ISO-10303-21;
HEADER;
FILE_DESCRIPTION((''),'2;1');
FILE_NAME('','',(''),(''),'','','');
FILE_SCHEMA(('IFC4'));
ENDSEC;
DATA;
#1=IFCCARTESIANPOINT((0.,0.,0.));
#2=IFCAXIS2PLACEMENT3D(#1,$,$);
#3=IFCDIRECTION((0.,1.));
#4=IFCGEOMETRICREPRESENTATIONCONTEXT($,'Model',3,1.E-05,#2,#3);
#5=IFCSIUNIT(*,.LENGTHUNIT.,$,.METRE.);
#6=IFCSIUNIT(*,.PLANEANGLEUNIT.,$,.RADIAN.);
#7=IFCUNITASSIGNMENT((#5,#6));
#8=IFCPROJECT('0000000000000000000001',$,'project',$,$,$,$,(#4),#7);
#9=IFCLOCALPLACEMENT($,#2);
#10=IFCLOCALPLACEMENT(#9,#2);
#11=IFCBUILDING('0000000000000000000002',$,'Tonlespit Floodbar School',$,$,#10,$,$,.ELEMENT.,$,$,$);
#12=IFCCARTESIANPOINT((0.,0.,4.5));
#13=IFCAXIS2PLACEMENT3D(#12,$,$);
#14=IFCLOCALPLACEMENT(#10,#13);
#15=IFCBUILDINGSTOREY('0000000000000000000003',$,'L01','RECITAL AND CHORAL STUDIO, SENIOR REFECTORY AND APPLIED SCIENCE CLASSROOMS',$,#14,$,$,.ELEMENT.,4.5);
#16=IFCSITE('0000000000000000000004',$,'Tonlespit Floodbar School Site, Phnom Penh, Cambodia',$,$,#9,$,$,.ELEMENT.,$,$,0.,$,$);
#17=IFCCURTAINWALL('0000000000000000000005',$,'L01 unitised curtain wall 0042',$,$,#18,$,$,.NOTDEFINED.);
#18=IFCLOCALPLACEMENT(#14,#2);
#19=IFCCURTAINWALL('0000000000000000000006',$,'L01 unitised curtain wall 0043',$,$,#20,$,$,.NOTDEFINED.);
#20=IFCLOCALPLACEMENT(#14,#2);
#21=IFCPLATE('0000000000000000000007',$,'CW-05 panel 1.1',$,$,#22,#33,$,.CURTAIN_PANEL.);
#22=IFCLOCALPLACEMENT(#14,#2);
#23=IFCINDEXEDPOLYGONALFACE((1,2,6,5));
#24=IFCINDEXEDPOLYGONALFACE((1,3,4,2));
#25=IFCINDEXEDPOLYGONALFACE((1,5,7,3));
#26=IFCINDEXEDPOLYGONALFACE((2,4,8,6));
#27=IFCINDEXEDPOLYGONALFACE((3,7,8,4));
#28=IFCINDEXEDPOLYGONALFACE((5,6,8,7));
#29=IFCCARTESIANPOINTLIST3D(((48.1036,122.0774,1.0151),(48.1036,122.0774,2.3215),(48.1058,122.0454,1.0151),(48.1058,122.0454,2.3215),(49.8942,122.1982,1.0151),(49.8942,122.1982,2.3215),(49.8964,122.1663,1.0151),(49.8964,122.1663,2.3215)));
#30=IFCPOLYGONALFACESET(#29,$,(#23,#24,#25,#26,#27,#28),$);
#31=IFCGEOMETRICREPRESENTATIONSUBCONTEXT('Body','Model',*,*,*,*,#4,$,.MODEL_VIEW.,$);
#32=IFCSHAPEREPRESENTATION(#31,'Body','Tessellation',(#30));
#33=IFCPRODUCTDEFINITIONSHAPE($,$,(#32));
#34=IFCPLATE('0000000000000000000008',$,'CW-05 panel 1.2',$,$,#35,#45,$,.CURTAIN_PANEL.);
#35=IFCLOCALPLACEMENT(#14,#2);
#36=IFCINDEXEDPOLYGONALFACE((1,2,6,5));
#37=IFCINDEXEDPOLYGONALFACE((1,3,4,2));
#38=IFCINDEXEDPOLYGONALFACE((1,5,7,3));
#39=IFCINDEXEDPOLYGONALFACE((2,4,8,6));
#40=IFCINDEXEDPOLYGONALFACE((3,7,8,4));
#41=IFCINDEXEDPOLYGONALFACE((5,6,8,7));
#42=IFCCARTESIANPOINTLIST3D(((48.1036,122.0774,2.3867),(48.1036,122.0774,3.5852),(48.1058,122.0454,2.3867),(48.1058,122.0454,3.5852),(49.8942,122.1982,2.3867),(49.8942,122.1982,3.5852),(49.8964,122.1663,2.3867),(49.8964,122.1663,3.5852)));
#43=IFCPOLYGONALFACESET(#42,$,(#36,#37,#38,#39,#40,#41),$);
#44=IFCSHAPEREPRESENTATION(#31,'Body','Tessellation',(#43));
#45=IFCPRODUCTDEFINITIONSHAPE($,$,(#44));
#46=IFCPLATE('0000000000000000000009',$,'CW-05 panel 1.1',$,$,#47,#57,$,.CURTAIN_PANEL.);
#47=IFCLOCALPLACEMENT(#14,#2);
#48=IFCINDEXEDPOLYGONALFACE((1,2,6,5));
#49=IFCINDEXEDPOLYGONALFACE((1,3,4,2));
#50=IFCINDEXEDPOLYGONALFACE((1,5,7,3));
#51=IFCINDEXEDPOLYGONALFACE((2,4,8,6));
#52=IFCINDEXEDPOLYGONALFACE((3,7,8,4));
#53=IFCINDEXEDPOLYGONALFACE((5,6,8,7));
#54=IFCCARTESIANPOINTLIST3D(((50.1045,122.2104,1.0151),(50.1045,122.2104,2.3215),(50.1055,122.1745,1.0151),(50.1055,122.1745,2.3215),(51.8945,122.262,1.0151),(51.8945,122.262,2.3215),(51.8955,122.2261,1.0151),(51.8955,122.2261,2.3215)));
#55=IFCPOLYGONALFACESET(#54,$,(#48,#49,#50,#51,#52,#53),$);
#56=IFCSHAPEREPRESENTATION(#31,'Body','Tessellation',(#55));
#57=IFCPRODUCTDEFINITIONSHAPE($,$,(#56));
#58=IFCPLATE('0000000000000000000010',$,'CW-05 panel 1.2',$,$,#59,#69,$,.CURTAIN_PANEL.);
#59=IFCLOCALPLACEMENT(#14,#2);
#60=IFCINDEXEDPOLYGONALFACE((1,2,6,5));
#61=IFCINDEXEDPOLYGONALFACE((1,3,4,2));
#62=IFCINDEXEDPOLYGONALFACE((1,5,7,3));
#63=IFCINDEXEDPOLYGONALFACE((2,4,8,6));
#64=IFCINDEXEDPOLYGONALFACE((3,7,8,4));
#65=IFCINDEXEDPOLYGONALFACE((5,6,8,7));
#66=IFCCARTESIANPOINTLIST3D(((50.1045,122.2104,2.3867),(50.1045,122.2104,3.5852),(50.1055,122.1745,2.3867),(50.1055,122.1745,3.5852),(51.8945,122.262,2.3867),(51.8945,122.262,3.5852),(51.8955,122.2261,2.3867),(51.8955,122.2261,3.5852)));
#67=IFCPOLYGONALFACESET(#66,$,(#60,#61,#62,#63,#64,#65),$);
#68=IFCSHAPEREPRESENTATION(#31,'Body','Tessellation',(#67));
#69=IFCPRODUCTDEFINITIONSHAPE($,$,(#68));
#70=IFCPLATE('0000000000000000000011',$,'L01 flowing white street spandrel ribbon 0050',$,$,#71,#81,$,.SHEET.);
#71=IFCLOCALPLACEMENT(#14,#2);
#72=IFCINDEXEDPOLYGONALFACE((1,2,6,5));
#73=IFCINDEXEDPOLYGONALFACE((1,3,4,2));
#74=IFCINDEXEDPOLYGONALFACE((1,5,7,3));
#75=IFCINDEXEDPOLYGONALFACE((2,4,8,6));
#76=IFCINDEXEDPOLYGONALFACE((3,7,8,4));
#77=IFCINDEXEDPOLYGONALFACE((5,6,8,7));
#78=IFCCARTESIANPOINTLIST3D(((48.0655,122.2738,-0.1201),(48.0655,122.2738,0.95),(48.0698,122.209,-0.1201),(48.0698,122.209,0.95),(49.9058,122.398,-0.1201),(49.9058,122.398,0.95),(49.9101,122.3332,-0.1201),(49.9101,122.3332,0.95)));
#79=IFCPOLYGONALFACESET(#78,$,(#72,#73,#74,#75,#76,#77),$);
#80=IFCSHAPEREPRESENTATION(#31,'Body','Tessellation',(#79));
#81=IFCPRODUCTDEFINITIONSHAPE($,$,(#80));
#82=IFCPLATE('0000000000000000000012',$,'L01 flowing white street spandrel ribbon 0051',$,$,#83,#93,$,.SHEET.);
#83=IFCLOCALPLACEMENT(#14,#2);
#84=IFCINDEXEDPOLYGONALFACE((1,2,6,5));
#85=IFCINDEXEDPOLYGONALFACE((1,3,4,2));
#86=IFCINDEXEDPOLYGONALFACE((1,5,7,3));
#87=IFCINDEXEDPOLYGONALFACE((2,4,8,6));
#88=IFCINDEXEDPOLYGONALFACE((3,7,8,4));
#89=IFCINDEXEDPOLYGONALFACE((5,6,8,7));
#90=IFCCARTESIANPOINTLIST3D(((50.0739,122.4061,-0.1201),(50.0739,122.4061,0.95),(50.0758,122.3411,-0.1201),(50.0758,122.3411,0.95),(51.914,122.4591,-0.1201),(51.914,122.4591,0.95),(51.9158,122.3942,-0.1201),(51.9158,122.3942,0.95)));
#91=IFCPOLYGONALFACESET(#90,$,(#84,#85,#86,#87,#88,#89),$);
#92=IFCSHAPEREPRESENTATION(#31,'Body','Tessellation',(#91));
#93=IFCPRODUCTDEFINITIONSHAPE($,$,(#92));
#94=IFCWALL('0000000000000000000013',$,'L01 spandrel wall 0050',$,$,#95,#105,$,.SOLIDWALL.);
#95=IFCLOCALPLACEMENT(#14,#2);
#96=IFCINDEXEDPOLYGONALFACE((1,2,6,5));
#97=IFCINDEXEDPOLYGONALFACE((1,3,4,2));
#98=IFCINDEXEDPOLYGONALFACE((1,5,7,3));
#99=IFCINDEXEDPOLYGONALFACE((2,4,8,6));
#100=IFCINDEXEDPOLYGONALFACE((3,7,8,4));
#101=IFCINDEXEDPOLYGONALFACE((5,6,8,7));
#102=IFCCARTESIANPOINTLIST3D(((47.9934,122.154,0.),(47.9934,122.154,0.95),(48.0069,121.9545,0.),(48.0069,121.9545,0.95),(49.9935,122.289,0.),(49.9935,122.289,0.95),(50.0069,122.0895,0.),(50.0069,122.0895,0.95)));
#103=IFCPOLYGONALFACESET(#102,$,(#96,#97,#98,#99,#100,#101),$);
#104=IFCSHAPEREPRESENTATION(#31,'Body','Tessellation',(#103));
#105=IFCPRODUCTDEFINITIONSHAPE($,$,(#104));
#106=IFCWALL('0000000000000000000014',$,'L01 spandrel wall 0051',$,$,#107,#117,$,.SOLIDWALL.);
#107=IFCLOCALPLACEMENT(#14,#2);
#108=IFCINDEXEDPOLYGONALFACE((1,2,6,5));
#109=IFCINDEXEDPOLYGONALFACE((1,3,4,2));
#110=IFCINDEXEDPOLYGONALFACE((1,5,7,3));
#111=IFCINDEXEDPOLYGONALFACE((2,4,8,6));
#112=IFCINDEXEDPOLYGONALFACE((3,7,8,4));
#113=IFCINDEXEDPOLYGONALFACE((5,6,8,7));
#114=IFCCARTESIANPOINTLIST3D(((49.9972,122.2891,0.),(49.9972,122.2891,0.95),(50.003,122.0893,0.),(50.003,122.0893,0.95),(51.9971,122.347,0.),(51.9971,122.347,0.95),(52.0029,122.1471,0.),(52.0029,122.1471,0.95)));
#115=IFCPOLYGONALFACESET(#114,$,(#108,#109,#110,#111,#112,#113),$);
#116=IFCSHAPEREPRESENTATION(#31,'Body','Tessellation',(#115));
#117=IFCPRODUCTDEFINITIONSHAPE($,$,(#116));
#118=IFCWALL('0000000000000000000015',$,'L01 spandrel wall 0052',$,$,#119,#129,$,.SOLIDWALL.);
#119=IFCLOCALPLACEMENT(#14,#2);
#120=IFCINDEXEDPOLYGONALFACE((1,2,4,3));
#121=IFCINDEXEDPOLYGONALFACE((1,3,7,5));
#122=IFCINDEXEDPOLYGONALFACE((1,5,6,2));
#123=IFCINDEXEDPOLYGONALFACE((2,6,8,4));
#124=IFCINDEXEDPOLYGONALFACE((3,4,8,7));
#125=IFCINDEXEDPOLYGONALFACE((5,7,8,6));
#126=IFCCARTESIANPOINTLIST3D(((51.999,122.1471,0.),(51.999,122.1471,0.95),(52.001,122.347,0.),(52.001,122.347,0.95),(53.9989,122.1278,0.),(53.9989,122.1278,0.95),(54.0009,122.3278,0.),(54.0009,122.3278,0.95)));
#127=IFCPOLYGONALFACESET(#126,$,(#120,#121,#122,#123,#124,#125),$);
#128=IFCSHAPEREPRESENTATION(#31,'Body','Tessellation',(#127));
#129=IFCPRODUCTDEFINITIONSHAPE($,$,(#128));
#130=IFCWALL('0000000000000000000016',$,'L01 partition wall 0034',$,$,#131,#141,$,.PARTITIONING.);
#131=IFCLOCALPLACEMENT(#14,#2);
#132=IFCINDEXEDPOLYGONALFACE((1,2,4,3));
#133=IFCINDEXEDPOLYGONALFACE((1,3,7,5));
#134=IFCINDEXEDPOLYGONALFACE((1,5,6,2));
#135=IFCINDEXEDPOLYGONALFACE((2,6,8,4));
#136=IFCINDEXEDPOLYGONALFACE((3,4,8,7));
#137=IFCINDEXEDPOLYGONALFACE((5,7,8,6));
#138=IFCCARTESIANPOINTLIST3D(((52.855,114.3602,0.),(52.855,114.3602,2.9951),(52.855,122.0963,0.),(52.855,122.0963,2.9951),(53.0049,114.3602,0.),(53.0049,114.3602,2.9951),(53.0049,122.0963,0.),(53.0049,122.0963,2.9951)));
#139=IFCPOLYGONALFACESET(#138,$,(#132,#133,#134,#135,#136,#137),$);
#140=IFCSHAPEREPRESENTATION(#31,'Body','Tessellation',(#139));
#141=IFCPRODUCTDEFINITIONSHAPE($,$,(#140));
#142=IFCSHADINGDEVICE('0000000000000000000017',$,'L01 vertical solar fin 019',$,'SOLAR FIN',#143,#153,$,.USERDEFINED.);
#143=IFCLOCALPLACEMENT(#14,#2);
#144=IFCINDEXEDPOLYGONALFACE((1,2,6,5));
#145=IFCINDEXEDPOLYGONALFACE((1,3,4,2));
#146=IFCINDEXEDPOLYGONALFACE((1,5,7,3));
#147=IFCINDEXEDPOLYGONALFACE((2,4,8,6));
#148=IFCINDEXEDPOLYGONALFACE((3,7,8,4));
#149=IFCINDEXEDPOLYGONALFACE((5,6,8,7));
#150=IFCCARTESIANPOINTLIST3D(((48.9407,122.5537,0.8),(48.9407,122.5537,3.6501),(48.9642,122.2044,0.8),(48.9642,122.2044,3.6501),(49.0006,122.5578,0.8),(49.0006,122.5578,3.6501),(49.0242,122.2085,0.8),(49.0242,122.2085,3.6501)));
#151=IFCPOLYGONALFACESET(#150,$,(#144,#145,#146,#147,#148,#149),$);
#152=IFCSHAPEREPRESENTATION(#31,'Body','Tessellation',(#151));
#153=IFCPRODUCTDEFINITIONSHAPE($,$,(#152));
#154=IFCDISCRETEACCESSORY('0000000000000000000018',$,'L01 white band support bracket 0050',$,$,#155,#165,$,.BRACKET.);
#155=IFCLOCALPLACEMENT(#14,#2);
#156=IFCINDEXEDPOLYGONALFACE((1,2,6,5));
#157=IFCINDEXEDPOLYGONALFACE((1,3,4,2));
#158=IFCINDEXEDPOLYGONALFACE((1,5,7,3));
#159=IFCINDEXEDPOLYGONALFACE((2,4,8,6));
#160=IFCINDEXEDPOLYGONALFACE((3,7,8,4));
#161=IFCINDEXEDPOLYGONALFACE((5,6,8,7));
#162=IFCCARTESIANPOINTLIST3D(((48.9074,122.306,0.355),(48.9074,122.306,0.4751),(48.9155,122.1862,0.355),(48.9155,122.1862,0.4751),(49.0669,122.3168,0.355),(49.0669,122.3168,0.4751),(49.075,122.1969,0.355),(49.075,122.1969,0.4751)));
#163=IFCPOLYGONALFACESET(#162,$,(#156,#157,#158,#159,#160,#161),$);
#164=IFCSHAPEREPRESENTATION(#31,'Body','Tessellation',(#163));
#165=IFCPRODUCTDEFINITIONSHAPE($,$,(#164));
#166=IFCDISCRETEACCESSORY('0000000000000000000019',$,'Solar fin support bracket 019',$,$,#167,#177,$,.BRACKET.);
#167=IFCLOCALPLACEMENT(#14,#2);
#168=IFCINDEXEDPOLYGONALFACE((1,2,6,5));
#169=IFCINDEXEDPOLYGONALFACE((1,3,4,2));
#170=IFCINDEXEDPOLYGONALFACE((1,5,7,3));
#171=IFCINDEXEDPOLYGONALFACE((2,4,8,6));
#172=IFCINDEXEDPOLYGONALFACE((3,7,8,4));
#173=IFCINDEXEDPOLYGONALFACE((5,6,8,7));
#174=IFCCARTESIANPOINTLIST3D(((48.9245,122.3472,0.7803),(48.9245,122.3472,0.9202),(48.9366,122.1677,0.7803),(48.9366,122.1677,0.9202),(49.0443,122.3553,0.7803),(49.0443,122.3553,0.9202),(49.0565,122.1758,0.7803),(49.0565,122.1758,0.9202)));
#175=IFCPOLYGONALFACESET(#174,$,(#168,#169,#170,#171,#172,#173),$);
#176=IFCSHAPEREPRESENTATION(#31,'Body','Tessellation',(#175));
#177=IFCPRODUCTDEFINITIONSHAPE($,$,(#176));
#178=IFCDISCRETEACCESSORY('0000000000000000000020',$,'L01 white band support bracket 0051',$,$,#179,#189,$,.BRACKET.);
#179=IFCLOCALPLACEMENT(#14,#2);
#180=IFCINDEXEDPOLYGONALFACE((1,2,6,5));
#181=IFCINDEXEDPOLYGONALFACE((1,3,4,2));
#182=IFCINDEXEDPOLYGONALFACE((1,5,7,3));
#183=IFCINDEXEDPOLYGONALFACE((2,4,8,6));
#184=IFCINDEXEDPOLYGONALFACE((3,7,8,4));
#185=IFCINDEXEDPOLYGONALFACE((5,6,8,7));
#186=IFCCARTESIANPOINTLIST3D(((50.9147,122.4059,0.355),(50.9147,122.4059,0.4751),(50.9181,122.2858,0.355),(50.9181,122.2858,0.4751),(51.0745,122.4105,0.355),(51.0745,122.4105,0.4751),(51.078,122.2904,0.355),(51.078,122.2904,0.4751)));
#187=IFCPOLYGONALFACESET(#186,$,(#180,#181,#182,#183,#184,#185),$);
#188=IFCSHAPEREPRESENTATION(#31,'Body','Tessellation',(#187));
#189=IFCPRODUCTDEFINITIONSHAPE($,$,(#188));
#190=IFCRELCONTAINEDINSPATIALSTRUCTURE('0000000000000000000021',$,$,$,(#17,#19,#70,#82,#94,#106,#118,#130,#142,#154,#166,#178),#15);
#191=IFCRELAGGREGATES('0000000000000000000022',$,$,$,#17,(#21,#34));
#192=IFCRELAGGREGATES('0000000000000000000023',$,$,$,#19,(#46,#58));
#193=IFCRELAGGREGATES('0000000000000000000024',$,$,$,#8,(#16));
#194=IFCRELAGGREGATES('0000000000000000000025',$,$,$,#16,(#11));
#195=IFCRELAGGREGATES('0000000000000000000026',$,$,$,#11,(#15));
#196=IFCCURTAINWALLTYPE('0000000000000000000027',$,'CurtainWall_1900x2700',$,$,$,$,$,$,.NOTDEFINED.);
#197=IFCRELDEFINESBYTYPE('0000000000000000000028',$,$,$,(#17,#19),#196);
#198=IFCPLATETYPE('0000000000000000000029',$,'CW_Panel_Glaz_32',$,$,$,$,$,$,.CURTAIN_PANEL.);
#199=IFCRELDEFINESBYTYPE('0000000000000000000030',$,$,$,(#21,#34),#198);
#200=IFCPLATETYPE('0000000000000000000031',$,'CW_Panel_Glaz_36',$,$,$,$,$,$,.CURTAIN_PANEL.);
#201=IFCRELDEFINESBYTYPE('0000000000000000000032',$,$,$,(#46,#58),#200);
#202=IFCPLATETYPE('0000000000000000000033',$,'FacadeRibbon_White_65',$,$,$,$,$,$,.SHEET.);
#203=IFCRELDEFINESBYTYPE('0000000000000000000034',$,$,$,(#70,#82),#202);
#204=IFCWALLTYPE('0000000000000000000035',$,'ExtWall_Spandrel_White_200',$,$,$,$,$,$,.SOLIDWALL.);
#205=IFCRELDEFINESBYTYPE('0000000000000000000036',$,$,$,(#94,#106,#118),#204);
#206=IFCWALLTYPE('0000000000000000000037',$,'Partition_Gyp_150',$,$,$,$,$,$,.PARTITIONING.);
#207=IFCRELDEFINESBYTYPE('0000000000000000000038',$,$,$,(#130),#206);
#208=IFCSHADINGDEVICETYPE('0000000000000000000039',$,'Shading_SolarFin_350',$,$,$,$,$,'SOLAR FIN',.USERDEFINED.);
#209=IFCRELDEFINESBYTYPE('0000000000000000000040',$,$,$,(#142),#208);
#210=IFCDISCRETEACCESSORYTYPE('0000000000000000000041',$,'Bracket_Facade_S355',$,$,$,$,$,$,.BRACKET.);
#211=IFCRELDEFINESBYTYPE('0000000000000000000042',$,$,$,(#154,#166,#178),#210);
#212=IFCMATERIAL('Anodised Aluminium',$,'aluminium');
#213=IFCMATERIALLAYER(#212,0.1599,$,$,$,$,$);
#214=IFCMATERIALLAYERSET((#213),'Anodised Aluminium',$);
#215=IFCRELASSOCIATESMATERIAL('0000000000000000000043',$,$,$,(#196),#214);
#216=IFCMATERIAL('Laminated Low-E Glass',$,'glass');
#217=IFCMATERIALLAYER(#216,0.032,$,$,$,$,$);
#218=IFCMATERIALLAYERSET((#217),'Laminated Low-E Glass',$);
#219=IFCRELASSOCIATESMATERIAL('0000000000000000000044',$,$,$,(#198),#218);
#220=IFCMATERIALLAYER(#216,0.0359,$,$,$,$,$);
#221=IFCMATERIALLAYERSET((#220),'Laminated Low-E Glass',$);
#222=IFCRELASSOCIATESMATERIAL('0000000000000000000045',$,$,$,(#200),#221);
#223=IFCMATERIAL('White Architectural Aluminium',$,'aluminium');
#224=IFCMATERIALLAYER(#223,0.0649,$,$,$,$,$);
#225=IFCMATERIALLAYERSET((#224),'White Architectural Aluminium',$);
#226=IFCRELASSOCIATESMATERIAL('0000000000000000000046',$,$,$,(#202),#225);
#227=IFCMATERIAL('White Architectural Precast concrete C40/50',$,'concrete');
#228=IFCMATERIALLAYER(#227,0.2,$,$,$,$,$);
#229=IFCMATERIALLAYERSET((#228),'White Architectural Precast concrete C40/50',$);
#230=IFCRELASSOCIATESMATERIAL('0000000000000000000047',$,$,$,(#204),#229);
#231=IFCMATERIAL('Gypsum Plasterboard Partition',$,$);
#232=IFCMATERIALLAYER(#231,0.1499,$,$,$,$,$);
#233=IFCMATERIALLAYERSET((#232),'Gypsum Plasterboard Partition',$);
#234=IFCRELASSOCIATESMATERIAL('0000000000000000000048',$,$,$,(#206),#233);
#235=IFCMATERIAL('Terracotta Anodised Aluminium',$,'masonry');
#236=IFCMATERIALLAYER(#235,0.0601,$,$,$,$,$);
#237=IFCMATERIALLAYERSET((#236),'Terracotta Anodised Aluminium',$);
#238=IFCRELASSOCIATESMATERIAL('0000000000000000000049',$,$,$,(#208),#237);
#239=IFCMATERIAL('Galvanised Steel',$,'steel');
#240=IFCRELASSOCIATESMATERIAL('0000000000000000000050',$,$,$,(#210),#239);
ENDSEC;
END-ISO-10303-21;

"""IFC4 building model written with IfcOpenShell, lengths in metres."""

from ifc_helpers import new_model, si_unit, direction, frame, frame_2d, origin, origin_2d, place, context, subcontext, project, spatial, rectangle, extrude, material, layer, layer_set, type_object, element, aggregate, save


model = new_model("IFC4")

# Units and contexts
model_context = context("Model", 3, precision=1e-05, world=origin(), true_north=direction((0.0, 1.0)))
body_context = subcontext(model_context, "Body", "Model", "MODEL_VIEW")
ifc_project = project(units=[si_unit("LENGTHUNIT", "METRE"), si_unit("PLANEANGLEUNIT", "RADIAN")], contexts=[model_context])

# Site, building, storey
site_placement = place(None, origin())
site = spatial("IfcSite", under=ifc_project, at=site_placement, Name="Tonlespit Floodbar School Site, Phnom Penh, Cambodia", CompositionType="ELEMENT", RefElevation=0.0)
building_placement = place(site_placement, origin())
building = spatial("IfcBuilding", under=site, at=building_placement, Name="Tonlespit Floodbar School", CompositionType="ELEMENT")
storey_placement = place(building_placement, frame((0.0, 0.0, 4.5)))
storey = spatial("IfcBuildingStorey", under=building, at=storey_placement, Name="L01", Description="RECITAL AND CHORAL STUDIO, SENIOR REFECTORY AND APPLIED SCIENCE CLASSROOMS", CompositionType="ELEMENT", Elevation=4.5)

# Curtain wall
ifc_material_1 = material(Name="Anodised Aluminium", Category="aluminium")
ifc_layer_1 = layer(ifc_material_1, 0.1599)
ifc_layer_set_1 = layer_set([ifc_layer_1], Name="Anodised Aluminium")
curtain_wall_type = type_object("IfcCurtainWallType", Name="CurtainWall_1900x2700", PredefinedType="NOTDEFINED", material=ifc_layer_set_1)
curtain_wall_1_placement = place(storey_placement, origin())
curtain_wall_1 = element("IfcCurtainWall", 1, at=curtain_wall_1_placement, inside=storey, type_object=curtain_wall_type, Name="L01 unitised curtain wall 0042", PredefinedType="NOTDEFINED")

# Curtain wall
curtain_wall_2_placement = place(storey_placement, origin())
curtain_wall_2 = element("IfcCurtainWall", 2, at=curtain_wall_2_placement, inside=storey, type_object=curtain_wall_type, Name="L01 unitised curtain wall 0043", PredefinedType="NOTDEFINED")

# Plates
ifc_material_2 = material(Name="Laminated Low-E Glass", Category="glass")
ifc_layer_2 = layer(ifc_material_2, 0.032)
ifc_layer_set_2 = layer_set([ifc_layer_2], Name="Laminated Low-E Glass")
plate_type_1 = type_object("IfcPlateType", Name="CW_Panel_Glaz_32", PredefinedType="CURTAIN_PANEL", material=ifc_layer_set_2)
plate_1_placement = place(storey_placement, frame((49.0, 122.1218, 1.0151), z_axis=(0.0, 0.0, 1.0), x_axis=(0.99773, 0.06734, 0.0)))
plate_1 = element("IfcPlate", 3, at=plate_1_placement, type_object=plate_type_1, Name="CW-05 panel 1.1", PredefinedType="CURTAIN_PANEL", context=body_context, shape_type="SweptSolid", body=[
    extrude(rectangle(XDim=1.7947, YDim=0.032, at=origin_2d()), origin(), (0.0, 0.0, 1.0), 1.3064),
])
plate_2_placement = place(storey_placement, frame((49.0, 122.1218, 2.3867), z_axis=(0.0, 0.0, 1.0), x_axis=(0.99773, 0.06734, 0.0)))
plate_2 = element("IfcPlate", 4, at=plate_2_placement, type_object=plate_type_1, Name="CW-05 panel 1.2", PredefinedType="CURTAIN_PANEL", context=body_context, shape_type="SweptSolid", body=[
    extrude(rectangle(XDim=1.7947, YDim=0.032, at=origin_2d()), origin(), (0.0, 0.0, 1.0), 1.1985),
])
aggregate(curtain_wall_1, [plate_1, plate_2])
ifc_layer_3 = layer(ifc_material_2, 0.0359)
ifc_layer_set_3 = layer_set([ifc_layer_3], Name="Laminated Low-E Glass")
plate_type_2 = type_object("IfcPlateType", Name="CW_Panel_Glaz_36", PredefinedType="CURTAIN_PANEL", material=ifc_layer_set_3)
plate_3_placement = place(storey_placement, frame((51.0, 122.2183, 1.0151), z_axis=(0.0, 0.0, 1.0), x_axis=(0.999585, 0.02879, 0.0)))
plate_3 = element("IfcPlate", 5, at=plate_3_placement, type_object=plate_type_2, Name="CW-05 panel 1.1", PredefinedType="CURTAIN_PANEL", context=body_context, shape_type="SweptSolid", body=[
    extrude(rectangle(XDim=1.7908, YDim=0.0359, at=origin_2d()), origin(), (0.0, 0.0, 1.0), 1.3064),
])
plate_4_placement = place(storey_placement, frame((51.0, 122.2183, 2.3867), z_axis=(0.0, 0.0, 1.0), x_axis=(0.999585, 0.02879, 0.0)))
plate_4 = element("IfcPlate", 6, at=plate_4_placement, type_object=plate_type_2, Name="CW-05 panel 1.2", PredefinedType="CURTAIN_PANEL", context=body_context, shape_type="SweptSolid", body=[
    extrude(rectangle(XDim=1.7908, YDim=0.0359, at=origin_2d()), origin(), (0.0, 0.0, 1.0), 1.1985),
])
aggregate(curtain_wall_2, [plate_3, plate_4])

# Plates
ifc_material_3 = material(Name="White Architectural Aluminium", Category="aluminium")
ifc_layer_4 = layer(ifc_material_3, 0.0649)
ifc_layer_set_4 = layer_set([ifc_layer_4], Name="White Architectural Aluminium")
plate_type_3 = type_object("IfcPlateType", Name="FacadeRibbon_White_65", PredefinedType="SHEET", material=ifc_layer_set_4)
plate_5_placement = place(storey_placement, frame((48.9878, 122.3035, -0.1201), z_axis=(0.0, 0.0, 1.0), x_axis=(0.99773, 0.067347, 0.0)))
element("IfcPlate", 7, at=plate_5_placement, inside=storey, type_object=plate_type_3, Name="L01 flowing white street spandrel ribbon 0050", PredefinedType="SHEET", context=body_context, shape_type="SweptSolid", body=[
    extrude(rectangle(XDim=1.8445, YDim=0.0649, at=origin_2d()), origin(), (0.0, 0.0, 1.0), 1.0701),
])
plate_6_placement = place(storey_placement, frame((50.9949, 122.4001, -0.1201), z_axis=(0.0, 0.0, 1.0), x_axis=(0.999584, 0.028838, 0.0)))
element("IfcPlate", 8, at=plate_6_placement, inside=storey, type_object=plate_type_3, Name="L01 flowing white street spandrel ribbon 0051", PredefinedType="SHEET", context=body_context, shape_type="SweptSolid", body=[
    extrude(rectangle(XDim=1.8408, YDim=0.0649, at=origin_2d()), origin(), (0.0, 0.0, 1.0), 1.0701),
])

# Walls
ifc_material_4 = material(Name="White Architectural Precast concrete C40/50", Category="concrete")
ifc_layer_5 = layer(ifc_material_4, 0.2)
ifc_layer_set_5 = layer_set([ifc_layer_5], Name="White Architectural Precast concrete C40/50")
wall_type_1 = type_object("IfcWallType", Name="ExtWall_Spandrel_White_200", PredefinedType="SOLIDWALL", material=ifc_layer_set_5)
wall_1_placement = place(storey_placement, frame((48.0, 122.0542, 0.0), z_axis=(0.0, 0.0, 1.0), x_axis=(0.997729, 0.067352, 0.0)))
element("IfcWall", 9, at=wall_1_placement, inside=storey, type_object=wall_type_1, Name="L01 spandrel wall 0050", PredefinedType="SOLIDWALL", context=body_context, shape_type="SweptSolid", body=[
    extrude(rectangle(XDim=2.0046, YDim=0.2, at=frame_2d((1.0024, 0.0))), origin(), (0.0, 0.0, 1.0), 0.95),
])
wall_2_placement = place(storey_placement, frame((50.0, 122.1892, 0.0), z_axis=(0.0, 0.0, 1.0), x_axis=(0.999582, 0.028919, 0.0)))
element("IfcWall", 10, at=wall_2_placement, inside=storey, type_object=wall_type_1, Name="L01 spandrel wall 0051", PredefinedType="SOLIDWALL", context=body_context, shape_type="SweptSolid", body=[
    extrude(rectangle(XDim=2.0007, YDim=0.2, at=frame_2d((1.0005, 0.0))), origin(), (0.0, 0.0, 1.0), 0.95),
])
wall_3_placement = place(storey_placement, frame((52.0, 122.2471, 0.0), z_axis=(0.0, 0.0, 1.0), x_axis=(0.999954, -0.009643, 0.0)))
element("IfcWall", 11, at=wall_3_placement, inside=storey, type_object=wall_type_1, Name="L01 spandrel wall 0052", PredefinedType="SOLIDWALL", context=body_context, shape_type="SweptSolid", body=[
    extrude(rectangle(XDim=2.0, YDim=0.2, at=frame_2d((1.0, 0.0))), origin(), (0.0, 0.0, 1.0), 0.95),
])
ifc_material_5 = material(Name="Gypsum Plasterboard Partition")
ifc_layer_6 = layer(ifc_material_5, 0.1499)
ifc_layer_set_6 = layer_set([ifc_layer_6], Name="Gypsum Plasterboard Partition")
wall_type_2 = type_object("IfcWallType", Name="Partition_Gyp_150", PredefinedType="PARTITIONING", material=ifc_layer_set_6)
wall_4_placement = place(storey_placement, frame((52.9299, 114.3601, 0.0), z_axis=(0.0, 0.0, 1.0), x_axis=(0.0, 1.0, 0.0)))
element("IfcWall", 12, at=wall_4_placement, inside=storey, type_object=wall_type_2, Name="L01 partition wall 0034", PredefinedType="PARTITIONING", context=body_context, shape_type="SweptSolid", body=[
    extrude(rectangle(XDim=7.7361, YDim=0.1499, at=frame_2d((3.8682, 0.0))), origin(), (0.0, 0.0, 1.0), 2.9951),
])

# Shading device
ifc_material_6 = material(Name="Terracotta Anodised Aluminium", Category="masonry")
ifc_layer_7 = layer(ifc_material_6, 0.0601)
ifc_layer_set_7 = layer_set([ifc_layer_7], Name="Terracotta Anodised Aluminium")
shading_device_type = type_object("IfcShadingDeviceType", Name="Shading_SolarFin_350", ElementType="SOLAR FIN", PredefinedType="USERDEFINED", material=ifc_layer_set_7)
shading_device_placement = place(storey_placement, frame((48.9824, 122.3811, 0.8), z_axis=(0.0, 0.0, 1.0), x_axis=(0.99773, 0.067347, 0.0)))
element("IfcShadingDevice", 13, at=shading_device_placement, inside=storey, type_object=shading_device_type, Name="L01 vertical solar fin 019", ObjectType="SOLAR FIN", PredefinedType="USERDEFINED", context=body_context, shape_type="SweptSolid", body=[
    extrude(rectangle(XDim=0.0601, YDim=0.3501, at=origin_2d()), origin(), (0.0, 0.0, 1.0), 2.8501),
])

# Discrete accessories
ifc_material_7 = material(Name="Galvanised Steel", Category="steel")
discrete_accessory_type = type_object("IfcDiscreteAccessoryType", Name="Bracket_Facade_S355", PredefinedType="BRACKET", material=ifc_material_7)
discrete_accessory_1_placement = place(storey_placement, frame((48.9912, 122.2515, 0.355), z_axis=(0.0, 0.0, 1.0), x_axis=(0.99773, 0.067347, 0.0)))
element("IfcDiscreteAccessory", 14, at=discrete_accessory_1_placement, inside=storey, type_object=discrete_accessory_type, Name="L01 white band support bracket 0050", PredefinedType="BRACKET", context=body_context, shape_type="SweptSolid", body=[
    extrude(rectangle(XDim=0.1599, YDim=0.1201, at=origin_2d()), origin(), (0.0, 0.0, 1.0), 0.1201),
])
discrete_accessory_2_placement = place(storey_placement, frame((48.9905, 122.2615, 0.7803), z_axis=(0.0, 0.0, 1.0), x_axis=(0.99773, 0.067347, 0.0)))
element("IfcDiscreteAccessory", 15, at=discrete_accessory_2_placement, inside=storey, type_object=discrete_accessory_type, Name="Solar fin support bracket 019", PredefinedType="BRACKET", context=body_context, shape_type="SweptSolid", body=[
    extrude(rectangle(XDim=0.1201, YDim=0.1799, at=origin_2d()), origin(), (0.0, 0.0, 1.0), 0.1399),
])
discrete_accessory_3_placement = place(storey_placement, frame((50.9963, 122.3481, 0.355), z_axis=(0.0, 0.0, 1.0), x_axis=(0.999584, 0.028838, 0.0)))
element("IfcDiscreteAccessory", 16, at=discrete_accessory_3_placement, inside=storey, type_object=discrete_accessory_type, Name="L01 white band support bracket 0051", PredefinedType="BRACKET", context=body_context, shape_type="SweptSolid", body=[
    extrude(rectangle(XDim=0.1599, YDim=0.1201, at=origin_2d()), origin(), (0.0, 0.0, 1.0), 0.1201),
])

save(model, "model.ifc")
